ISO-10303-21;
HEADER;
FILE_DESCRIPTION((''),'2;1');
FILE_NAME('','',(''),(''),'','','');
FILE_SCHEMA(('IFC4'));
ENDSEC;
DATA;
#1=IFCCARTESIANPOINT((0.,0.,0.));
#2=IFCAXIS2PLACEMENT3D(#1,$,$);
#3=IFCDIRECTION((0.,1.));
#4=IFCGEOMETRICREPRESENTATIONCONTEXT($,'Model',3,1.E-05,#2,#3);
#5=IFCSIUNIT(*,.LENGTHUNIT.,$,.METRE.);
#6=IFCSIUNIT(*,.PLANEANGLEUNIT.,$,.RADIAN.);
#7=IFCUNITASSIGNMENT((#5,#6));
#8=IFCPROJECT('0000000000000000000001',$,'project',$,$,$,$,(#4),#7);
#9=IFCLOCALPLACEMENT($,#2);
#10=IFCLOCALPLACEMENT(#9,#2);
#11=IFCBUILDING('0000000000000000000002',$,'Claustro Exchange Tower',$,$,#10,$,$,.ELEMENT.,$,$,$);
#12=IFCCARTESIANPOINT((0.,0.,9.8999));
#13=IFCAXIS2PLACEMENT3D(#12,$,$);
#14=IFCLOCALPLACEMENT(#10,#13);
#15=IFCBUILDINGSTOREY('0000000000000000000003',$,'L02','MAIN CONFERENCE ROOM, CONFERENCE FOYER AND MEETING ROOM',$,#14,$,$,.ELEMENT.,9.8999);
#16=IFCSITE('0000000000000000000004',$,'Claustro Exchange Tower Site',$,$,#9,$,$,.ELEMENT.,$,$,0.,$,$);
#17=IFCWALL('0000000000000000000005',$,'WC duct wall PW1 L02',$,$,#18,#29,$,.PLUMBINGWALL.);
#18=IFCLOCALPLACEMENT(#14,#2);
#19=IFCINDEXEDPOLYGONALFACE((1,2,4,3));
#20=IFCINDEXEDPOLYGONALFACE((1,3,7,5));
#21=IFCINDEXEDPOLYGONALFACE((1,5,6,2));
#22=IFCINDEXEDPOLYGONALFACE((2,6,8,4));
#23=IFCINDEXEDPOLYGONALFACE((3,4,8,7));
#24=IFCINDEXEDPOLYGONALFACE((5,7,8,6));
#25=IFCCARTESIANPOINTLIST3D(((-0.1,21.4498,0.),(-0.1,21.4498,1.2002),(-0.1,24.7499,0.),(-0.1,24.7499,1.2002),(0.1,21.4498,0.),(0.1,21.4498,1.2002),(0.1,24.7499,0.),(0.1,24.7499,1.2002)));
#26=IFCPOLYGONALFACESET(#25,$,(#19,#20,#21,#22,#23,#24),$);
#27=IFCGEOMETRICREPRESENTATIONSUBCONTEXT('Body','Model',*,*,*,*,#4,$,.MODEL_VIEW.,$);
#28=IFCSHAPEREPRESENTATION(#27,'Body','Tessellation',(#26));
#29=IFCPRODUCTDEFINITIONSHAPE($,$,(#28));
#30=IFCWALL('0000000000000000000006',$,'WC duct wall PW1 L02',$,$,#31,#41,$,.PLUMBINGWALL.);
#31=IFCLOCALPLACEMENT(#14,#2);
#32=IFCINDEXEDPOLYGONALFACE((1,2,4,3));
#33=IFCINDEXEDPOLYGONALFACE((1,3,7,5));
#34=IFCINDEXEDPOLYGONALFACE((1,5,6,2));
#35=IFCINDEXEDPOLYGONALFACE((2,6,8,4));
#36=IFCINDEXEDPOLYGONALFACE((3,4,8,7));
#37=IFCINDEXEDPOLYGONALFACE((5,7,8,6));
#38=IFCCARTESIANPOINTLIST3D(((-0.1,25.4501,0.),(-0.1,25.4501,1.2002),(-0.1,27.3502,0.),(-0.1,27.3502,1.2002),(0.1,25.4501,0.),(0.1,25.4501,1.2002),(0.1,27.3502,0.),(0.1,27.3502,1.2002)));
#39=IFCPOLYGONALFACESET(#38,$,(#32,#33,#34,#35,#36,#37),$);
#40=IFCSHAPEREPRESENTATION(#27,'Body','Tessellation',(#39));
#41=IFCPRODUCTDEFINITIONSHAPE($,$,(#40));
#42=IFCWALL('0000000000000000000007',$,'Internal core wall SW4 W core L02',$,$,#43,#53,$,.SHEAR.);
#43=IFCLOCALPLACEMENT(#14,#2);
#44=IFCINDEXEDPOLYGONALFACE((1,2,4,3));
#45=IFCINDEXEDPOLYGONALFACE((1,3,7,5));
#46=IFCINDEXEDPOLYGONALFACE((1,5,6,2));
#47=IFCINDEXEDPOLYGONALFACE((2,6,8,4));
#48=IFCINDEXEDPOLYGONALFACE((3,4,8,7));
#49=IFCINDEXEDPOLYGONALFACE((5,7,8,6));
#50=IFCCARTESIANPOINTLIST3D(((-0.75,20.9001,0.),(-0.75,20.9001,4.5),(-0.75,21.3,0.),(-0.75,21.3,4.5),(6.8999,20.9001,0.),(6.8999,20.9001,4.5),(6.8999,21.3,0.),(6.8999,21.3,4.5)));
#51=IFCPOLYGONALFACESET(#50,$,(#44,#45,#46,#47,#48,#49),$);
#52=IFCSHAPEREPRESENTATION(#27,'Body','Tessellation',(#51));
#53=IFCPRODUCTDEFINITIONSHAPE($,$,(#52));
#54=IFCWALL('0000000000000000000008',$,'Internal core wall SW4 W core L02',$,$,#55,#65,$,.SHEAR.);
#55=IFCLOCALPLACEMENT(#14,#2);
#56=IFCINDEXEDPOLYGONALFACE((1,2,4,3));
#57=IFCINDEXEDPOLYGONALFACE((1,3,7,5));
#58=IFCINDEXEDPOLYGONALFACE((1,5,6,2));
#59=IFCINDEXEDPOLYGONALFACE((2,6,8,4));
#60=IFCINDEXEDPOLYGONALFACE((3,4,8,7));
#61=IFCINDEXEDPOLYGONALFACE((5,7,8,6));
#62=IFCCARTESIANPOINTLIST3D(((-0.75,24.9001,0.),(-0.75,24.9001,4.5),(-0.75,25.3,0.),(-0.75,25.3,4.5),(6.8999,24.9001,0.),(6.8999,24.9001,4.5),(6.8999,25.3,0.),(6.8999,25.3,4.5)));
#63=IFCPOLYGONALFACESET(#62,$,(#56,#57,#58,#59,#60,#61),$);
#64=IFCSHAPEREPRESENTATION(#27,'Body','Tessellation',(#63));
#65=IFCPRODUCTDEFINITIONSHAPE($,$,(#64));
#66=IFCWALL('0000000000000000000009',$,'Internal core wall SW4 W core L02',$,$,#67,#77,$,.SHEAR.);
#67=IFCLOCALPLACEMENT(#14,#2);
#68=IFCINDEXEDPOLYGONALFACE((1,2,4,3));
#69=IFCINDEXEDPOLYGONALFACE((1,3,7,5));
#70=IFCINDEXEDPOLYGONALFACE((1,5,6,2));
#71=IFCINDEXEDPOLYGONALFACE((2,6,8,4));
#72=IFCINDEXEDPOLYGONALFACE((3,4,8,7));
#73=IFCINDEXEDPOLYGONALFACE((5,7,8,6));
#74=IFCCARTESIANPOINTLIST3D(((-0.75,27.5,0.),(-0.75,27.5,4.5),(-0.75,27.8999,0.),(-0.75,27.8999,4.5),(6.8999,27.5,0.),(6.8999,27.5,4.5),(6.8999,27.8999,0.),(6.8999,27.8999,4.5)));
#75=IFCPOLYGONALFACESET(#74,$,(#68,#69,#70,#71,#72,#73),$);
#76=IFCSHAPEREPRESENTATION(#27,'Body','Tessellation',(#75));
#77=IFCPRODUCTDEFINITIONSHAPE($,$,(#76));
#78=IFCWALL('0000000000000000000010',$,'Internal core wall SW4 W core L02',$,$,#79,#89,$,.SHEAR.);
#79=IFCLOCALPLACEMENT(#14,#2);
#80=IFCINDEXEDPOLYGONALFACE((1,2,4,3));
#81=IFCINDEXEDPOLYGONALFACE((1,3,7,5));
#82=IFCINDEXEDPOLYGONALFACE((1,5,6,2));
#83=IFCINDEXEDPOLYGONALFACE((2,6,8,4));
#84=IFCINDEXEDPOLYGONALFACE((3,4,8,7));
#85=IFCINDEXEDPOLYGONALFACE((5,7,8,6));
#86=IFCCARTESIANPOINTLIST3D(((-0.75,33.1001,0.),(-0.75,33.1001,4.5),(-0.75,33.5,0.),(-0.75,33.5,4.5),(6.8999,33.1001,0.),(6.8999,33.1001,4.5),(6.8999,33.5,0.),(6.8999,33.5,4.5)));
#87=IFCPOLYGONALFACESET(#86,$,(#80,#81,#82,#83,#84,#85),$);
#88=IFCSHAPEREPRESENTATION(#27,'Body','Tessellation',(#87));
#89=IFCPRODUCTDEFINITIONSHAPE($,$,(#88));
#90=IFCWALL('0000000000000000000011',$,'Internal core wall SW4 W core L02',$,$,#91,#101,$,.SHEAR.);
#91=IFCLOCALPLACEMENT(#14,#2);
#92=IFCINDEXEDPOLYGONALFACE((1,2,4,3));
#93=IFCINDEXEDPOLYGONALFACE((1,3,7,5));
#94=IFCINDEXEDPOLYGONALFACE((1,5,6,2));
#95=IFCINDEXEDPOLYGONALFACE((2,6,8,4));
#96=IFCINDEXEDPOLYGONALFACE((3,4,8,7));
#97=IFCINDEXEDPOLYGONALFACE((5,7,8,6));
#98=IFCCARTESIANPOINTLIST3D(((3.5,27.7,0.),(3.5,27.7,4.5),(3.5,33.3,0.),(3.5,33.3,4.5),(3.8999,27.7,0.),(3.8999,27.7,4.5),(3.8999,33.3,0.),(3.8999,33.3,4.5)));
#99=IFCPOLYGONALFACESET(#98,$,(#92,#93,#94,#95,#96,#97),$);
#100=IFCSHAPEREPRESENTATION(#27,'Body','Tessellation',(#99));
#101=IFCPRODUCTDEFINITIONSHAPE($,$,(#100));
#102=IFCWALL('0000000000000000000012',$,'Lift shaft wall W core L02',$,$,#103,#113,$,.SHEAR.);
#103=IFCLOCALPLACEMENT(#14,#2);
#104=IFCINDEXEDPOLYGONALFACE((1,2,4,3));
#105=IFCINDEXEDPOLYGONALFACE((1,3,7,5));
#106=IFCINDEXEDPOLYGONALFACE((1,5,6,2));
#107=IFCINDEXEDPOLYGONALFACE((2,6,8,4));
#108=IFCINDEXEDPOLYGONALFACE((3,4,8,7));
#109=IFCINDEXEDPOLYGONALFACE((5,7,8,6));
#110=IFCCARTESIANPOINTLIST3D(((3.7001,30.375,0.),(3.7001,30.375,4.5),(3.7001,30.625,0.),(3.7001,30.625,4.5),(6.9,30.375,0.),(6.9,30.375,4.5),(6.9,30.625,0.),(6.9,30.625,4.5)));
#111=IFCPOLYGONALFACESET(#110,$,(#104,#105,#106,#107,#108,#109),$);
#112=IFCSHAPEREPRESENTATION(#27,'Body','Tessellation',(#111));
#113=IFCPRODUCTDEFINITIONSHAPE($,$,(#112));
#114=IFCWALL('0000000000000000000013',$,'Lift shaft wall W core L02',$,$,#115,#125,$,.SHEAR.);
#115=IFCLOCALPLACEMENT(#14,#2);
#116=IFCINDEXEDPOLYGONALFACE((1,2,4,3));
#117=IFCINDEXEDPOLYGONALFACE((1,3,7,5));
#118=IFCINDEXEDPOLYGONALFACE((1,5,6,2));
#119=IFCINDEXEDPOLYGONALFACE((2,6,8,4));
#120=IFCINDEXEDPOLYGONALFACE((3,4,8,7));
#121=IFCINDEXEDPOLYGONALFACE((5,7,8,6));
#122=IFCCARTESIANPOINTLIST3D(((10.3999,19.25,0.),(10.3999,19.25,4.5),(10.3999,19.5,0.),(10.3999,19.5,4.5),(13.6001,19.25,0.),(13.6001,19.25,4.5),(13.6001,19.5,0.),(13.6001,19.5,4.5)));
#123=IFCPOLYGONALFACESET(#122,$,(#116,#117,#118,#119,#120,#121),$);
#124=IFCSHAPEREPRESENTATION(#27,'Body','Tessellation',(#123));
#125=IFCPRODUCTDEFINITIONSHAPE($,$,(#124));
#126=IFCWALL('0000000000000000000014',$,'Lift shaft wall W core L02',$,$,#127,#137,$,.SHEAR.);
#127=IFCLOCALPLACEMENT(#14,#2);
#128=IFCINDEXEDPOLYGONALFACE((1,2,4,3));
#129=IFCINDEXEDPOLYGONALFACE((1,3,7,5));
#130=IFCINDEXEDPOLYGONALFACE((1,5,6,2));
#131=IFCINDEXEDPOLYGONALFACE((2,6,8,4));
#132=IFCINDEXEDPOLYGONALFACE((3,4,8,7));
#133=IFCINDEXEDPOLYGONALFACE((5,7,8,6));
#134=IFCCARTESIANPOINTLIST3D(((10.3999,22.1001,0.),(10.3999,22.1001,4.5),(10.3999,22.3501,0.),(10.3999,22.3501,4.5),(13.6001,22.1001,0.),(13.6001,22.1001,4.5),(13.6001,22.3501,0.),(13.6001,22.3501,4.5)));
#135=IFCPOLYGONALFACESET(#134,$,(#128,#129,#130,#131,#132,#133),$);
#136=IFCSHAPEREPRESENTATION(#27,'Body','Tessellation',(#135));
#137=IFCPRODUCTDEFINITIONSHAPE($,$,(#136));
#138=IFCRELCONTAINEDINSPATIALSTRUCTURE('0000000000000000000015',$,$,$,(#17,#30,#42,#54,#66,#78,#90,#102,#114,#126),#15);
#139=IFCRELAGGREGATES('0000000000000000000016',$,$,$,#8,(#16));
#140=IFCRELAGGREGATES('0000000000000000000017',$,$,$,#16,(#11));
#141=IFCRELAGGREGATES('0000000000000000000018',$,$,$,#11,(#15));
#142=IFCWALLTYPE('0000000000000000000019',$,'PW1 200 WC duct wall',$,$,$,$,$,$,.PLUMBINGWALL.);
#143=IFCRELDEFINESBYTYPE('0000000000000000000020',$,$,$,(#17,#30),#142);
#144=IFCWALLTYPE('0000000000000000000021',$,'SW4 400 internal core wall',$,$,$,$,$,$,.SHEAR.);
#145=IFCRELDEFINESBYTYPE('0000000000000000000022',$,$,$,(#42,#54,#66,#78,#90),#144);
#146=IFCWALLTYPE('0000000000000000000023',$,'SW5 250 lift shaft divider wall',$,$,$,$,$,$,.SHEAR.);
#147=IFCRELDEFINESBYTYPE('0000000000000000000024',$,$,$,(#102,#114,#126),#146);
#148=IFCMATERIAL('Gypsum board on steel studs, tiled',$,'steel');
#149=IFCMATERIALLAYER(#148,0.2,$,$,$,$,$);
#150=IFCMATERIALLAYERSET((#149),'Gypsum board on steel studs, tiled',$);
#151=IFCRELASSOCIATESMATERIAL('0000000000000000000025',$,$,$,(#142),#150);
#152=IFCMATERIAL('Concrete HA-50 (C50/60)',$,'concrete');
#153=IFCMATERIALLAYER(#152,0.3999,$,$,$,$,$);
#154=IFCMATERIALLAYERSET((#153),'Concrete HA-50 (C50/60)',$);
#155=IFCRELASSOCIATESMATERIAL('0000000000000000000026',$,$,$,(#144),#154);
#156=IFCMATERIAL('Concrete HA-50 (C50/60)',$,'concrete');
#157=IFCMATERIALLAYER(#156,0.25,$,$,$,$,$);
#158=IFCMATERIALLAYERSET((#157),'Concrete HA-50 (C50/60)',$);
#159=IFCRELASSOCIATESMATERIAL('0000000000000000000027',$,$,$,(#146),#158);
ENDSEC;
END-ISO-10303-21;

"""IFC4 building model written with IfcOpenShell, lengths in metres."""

from ifc_helpers import new_model, si_unit, direction, frame, frame_2d, origin, place, context, subcontext, project, spatial, rectangle, extrude, material, layer, layer_set, type_object, element, save


model = new_model("IFC4")

# Units and contexts
model_context = context("Model", 3, precision=1e-05, world=origin(), true_north=direction((0.0, 1.0)))
body_context = subcontext(model_context, "Body", "Model", "MODEL_VIEW")
ifc_project = project(units=[si_unit("LENGTHUNIT", "METRE"), si_unit("PLANEANGLEUNIT", "RADIAN")], contexts=[model_context])

# Site, building, storey
site_placement = place(None, origin())
site = spatial("IfcSite", under=ifc_project, at=site_placement, Name="Claustro Exchange Tower Site", CompositionType="ELEMENT", RefElevation=0.0)
building_placement = place(site_placement, origin())
building = spatial("IfcBuilding", under=site, at=building_placement, Name="Claustro Exchange Tower", CompositionType="ELEMENT")
storey_placement = place(building_placement, frame((0.0, 0.0, 9.8999)))
storey = spatial("IfcBuildingStorey", under=building, at=storey_placement, Name="L02", Description="MAIN CONFERENCE ROOM, CONFERENCE FOYER AND MEETING ROOM", CompositionType="ELEMENT", Elevation=9.8999)

# Walls
ifc_material_1 = material(Name="Gypsum board on steel studs, tiled", Category="steel")
ifc_layer_1 = layer(ifc_material_1, 0.2)
ifc_layer_set_1 = layer_set([ifc_layer_1], Name="Gypsum board on steel studs, tiled")
wall_type_1 = type_object("IfcWallType", Name="PW1 200 WC duct wall", PredefinedType="PLUMBINGWALL", material=ifc_layer_set_1)
for number, where, z_axis, x_axis, name in (
    (1, (0.0, 21.45, 0.0), (0.0, 0.0, 1.0), (0.0, 1.0, 0.0), "WC duct wall PW1 L02"),
):
    element("IfcWall", number, at=place(storey_placement, frame(where, z_axis=z_axis, x_axis=x_axis)), inside=storey, type_object=wall_type_1, Name=name, PredefinedType="PLUMBINGWALL", context=body_context, shape_type="SweptSolid", body=[
        extrude(rectangle(XDim=3.3, YDim=0.2, at=frame_2d((1.6499, 0.0))), origin(), (0.0, 0.0, 1.0), 1.2002),
    ])
wall_1_placement = place(storey_placement, frame((0.0, 25.45, 0.0), z_axis=(0.0, 0.0, 1.0), x_axis=(0.0, 1.0, 0.0)))
element("IfcWall", 2, at=wall_1_placement, inside=storey, type_object=wall_type_1, Name="WC duct wall PW1 L02", PredefinedType="PLUMBINGWALL", context=body_context, shape_type="SweptSolid", body=[
    extrude(rectangle(XDim=1.9001, YDim=0.2, at=frame_2d((0.9502, 0.0))), origin(), (0.0, 0.0, 1.0), 1.2002),
])
ifc_material_2 = material(Name="Concrete HA-50 (C50/60)", Category="concrete")
ifc_layer_2 = layer(ifc_material_2, 0.3999)
ifc_layer_set_2 = layer_set([ifc_layer_2], Name="Concrete HA-50 (C50/60)")
wall_type_2 = type_object("IfcWallType", Name="SW4 400 internal core wall", PredefinedType="SHEAR", material=ifc_layer_set_2)
for number, where, z_axis, x_axis, name in (
    (3, (-0.75, 21.1001, 0.0), (0.0, 0.0, 1.0), (1.0, 0.0, 0.0), "Internal core wall SW4 W core L02"),
    (4, (-0.75, 25.1001, 0.0), (0.0, 0.0, 1.0), (1.0, 0.0, 0.0), "Internal core wall SW4 W core L02"),
    (5, (-0.75, 27.7, 0.0), (0.0, 0.0, 1.0), (1.0, 0.0, 0.0), "Internal core wall SW4 W core L02"),
    (6, (-0.75, 33.3, 0.0), (0.0, 0.0, 1.0), (1.0, 0.0, 0.0), "Internal core wall SW4 W core L02"),
):
    element("IfcWall", number, at=place(storey_placement, frame(where, z_axis=z_axis, x_axis=x_axis)), inside=storey, type_object=wall_type_2, Name=name, PredefinedType="SHEAR", context=body_context, shape_type="SweptSolid", body=[
        extrude(rectangle(XDim=7.6499, YDim=0.3999, at=frame_2d((3.825, 0.0))), origin(), (0.0, 0.0, 1.0), 4.5),
    ])
wall_2_placement = place(storey_placement, frame((3.7, 27.7, 0.0), z_axis=(0.0, 0.0, 1.0), x_axis=(0.0, 1.0, 0.0)))
element("IfcWall", 7, at=wall_2_placement, inside=storey, type_object=wall_type_2, Name="Internal core wall SW4 W core L02", PredefinedType="SHEAR", context=body_context, shape_type="SweptSolid", body=[
    extrude(rectangle(XDim=5.6001, YDim=0.3999, at=frame_2d((2.8, 0.0))), origin(), (0.0, 0.0, 1.0), 4.5),
])
ifc_material_3 = material(Name="Concrete HA-50 (C50/60)", Category="concrete")
ifc_layer_3 = layer(ifc_material_3, 0.25)
ifc_layer_set_3 = layer_set([ifc_layer_3], Name="Concrete HA-50 (C50/60)")
wall_type_3 = type_object("IfcWallType", Name="SW5 250 lift shaft divider wall", PredefinedType="SHEAR", material=ifc_layer_set_3)
wall_3_placement = place(storey_placement, frame((3.7, 30.5, 0.0), z_axis=(0.0, 0.0, 1.0), x_axis=(1.0, 0.0, 0.0)))
element("IfcWall", 8, at=wall_3_placement, inside=storey, type_object=wall_type_3, Name="Lift shaft wall W core L02", PredefinedType="SHEAR", context=body_context, shape_type="SweptSolid", body=[
    extrude(rectangle(XDim=3.2, YDim=0.25, at=frame_2d((1.6001, 0.0))), origin(), (0.0, 0.0, 1.0), 4.5),
])
for number, where, z_axis, x_axis, name in (
    (9, (10.3999, 19.375, 0.0), (0.0, 0.0, 1.0), (1.0, 0.0, 0.0), "Lift shaft wall W core L02"),
    (10, (10.3999, 22.2251, 0.0), (0.0, 0.0, 1.0), (1.0, 0.0, 0.0), "Lift shaft wall W core L02"),
):
    element("IfcWall", number, at=place(storey_placement, frame(where, z_axis=z_axis, x_axis=x_axis)), inside=storey, type_object=wall_type_3, Name=name, PredefinedType="SHEAR", context=body_context, shape_type="SweptSolid", body=[
        extrude(rectangle(XDim=3.2002, YDim=0.25, at=frame_2d((1.6001, 0.0))), origin(), (0.0, 0.0, 1.0), 4.5),
    ])

save(model, "model.ifc")
